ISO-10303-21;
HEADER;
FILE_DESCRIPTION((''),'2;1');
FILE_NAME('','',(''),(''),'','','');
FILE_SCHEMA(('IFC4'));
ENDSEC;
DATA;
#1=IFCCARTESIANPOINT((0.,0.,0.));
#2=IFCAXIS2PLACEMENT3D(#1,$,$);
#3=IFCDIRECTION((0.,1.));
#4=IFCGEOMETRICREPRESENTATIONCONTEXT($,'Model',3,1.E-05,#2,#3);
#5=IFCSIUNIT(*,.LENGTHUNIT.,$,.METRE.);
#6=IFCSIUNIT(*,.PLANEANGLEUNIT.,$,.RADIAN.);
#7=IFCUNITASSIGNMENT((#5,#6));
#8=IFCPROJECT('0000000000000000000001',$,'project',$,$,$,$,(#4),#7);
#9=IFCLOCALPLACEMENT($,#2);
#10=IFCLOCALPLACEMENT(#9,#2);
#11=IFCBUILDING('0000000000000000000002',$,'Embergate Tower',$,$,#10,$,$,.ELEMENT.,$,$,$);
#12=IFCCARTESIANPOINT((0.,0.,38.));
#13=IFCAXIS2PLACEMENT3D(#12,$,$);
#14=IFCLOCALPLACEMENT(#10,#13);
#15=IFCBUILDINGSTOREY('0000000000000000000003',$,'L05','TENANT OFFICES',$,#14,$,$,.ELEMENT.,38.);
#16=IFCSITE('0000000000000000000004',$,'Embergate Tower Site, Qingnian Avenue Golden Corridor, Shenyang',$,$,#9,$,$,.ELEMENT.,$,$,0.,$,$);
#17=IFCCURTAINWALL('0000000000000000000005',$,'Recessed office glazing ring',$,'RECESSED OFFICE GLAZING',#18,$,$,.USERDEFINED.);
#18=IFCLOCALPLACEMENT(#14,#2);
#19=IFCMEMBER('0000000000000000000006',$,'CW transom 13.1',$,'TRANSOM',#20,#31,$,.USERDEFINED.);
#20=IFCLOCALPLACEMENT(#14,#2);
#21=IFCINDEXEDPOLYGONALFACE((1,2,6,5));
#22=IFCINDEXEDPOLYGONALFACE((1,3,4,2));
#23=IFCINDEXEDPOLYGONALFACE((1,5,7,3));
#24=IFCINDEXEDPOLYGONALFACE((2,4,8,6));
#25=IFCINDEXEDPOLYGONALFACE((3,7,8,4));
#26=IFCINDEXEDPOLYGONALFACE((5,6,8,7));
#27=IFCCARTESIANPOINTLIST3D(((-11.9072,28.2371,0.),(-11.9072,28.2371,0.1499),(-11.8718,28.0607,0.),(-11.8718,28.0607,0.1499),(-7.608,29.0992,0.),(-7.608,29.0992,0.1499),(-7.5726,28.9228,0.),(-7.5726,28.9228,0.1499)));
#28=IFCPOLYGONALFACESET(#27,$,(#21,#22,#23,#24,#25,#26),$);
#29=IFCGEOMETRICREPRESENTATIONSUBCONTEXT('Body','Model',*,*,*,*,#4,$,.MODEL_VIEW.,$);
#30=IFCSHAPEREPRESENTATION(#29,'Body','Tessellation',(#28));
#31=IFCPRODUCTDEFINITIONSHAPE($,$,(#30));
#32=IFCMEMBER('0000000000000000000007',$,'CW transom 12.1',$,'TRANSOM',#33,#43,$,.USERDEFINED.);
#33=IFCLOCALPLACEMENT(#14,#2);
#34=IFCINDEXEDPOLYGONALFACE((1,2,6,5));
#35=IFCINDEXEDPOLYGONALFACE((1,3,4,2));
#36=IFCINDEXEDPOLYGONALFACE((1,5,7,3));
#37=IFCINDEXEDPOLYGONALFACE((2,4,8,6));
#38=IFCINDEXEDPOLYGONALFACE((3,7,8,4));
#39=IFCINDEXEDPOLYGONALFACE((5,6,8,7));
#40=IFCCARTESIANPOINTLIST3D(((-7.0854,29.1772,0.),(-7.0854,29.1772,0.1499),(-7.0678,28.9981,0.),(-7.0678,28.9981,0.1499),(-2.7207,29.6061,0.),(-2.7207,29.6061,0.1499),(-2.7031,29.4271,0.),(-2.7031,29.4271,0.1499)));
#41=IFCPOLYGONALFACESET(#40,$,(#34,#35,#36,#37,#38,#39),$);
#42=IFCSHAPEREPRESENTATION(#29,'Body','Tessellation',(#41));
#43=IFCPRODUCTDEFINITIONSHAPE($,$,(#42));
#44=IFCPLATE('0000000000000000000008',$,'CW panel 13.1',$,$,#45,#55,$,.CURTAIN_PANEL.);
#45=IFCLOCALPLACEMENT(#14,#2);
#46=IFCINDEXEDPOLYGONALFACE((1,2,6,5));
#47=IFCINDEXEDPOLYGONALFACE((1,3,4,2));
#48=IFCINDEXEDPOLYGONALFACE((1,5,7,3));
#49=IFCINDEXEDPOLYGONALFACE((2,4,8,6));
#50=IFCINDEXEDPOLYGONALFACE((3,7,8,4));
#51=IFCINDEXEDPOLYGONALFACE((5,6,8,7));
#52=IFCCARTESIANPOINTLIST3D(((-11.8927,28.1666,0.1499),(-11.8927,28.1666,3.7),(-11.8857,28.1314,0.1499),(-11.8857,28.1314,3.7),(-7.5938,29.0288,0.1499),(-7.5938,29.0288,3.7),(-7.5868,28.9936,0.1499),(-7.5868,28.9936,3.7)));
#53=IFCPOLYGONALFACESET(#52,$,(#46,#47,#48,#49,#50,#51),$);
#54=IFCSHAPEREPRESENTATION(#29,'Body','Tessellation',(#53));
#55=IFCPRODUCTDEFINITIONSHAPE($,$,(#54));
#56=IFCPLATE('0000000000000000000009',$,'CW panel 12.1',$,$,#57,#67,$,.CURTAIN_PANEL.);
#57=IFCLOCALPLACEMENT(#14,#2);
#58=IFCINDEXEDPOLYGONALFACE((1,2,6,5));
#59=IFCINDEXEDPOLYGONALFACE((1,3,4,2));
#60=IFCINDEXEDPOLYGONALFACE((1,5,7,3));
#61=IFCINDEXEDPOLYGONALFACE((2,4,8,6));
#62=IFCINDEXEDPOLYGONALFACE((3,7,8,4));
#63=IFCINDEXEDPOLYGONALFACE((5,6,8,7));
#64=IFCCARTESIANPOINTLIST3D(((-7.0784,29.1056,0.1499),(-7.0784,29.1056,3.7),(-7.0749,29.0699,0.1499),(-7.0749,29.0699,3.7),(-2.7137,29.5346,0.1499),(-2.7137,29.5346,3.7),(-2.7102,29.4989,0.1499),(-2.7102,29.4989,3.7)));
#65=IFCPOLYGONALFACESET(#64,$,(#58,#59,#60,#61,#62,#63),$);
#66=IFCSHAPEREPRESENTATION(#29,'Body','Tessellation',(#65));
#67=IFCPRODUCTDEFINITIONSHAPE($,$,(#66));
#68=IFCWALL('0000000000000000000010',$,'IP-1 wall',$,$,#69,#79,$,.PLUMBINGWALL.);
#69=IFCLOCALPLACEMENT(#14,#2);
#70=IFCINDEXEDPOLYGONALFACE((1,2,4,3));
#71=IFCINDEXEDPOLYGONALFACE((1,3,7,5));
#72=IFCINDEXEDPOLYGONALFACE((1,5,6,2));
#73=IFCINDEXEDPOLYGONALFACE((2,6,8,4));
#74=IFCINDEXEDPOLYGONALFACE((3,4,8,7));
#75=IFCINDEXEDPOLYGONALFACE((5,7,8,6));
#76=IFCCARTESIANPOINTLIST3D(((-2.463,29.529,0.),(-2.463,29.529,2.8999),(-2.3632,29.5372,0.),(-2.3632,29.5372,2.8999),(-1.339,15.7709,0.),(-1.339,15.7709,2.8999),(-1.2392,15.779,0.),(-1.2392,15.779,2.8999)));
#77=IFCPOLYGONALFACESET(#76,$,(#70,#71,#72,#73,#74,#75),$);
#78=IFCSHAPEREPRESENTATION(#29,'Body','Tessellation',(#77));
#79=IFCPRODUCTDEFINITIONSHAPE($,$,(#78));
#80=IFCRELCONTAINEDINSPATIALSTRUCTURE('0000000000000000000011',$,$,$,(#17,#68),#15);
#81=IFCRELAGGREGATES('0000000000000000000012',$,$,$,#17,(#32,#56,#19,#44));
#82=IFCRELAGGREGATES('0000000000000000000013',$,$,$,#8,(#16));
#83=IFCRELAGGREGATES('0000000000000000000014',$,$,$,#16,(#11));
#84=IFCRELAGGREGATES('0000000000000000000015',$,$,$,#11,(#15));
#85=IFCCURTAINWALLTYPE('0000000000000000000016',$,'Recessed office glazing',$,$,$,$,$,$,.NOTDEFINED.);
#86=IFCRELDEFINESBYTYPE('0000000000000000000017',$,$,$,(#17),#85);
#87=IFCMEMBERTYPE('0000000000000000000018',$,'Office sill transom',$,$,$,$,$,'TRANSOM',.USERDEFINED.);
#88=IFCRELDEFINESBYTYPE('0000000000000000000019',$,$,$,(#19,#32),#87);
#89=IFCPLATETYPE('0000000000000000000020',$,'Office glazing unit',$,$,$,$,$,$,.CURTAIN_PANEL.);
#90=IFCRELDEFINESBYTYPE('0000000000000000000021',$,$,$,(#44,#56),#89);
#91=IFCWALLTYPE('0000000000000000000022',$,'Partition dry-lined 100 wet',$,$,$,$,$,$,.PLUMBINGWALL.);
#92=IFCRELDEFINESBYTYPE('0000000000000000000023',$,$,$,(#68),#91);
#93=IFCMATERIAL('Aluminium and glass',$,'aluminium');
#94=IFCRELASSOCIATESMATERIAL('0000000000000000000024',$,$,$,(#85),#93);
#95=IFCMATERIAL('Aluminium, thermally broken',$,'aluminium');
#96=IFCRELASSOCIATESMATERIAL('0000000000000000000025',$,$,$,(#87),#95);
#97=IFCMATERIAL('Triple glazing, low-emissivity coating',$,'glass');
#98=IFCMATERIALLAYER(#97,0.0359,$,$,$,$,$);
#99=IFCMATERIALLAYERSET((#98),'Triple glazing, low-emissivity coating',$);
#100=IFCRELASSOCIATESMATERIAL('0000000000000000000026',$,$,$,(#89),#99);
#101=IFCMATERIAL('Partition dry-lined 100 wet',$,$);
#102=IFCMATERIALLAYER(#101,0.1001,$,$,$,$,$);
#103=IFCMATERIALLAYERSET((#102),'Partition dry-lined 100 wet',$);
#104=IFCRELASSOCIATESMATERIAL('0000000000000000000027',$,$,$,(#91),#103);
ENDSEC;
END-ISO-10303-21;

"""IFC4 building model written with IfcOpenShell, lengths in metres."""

from ifc_helpers import new_model, si_unit, direction, frame, frame_2d, origin, origin_2d, place, context, subcontext, project, spatial, rectangle, extrude, source, transform, mapped, material, layer, layer_set, material_profile, profile_set, type_object, element, aggregate, save


model = new_model("IFC4")

# Units and contexts
model_context = context("Model", 3, precision=1e-05, world=origin(), true_north=direction((0.0, 1.0)))
body_context = subcontext(model_context, "Body", "Model", "MODEL_VIEW")
ifc_project = project(units=[si_unit("LENGTHUNIT", "METRE"), si_unit("PLANEANGLEUNIT", "RADIAN")], contexts=[model_context])

# Site, building, storey
site_placement = place(None, origin())
site = spatial("IfcSite", under=ifc_project, at=site_placement, Name="Embergate Tower Site, Qingnian Avenue Golden Corridor, Shenyang", CompositionType="ELEMENT", RefElevation=0.0)
building_placement = place(site_placement, origin())
building = spatial("IfcBuilding", under=site, at=building_placement, Name="Embergate Tower", CompositionType="ELEMENT")
storey_placement = place(building_placement, frame((0.0, 0.0, 38.0)))
storey = spatial("IfcBuildingStorey", under=building, at=storey_placement, Name="L05", Description="TENANT OFFICES", CompositionType="ELEMENT", Elevation=38.0)

# Curtain wall, members, plates
ifc_material_1 = material(Name="Aluminium and glass", Category="aluminium")
curtain_wall_type = type_object("IfcCurtainWallType", Name="Recessed office glazing", PredefinedType="NOTDEFINED", material=ifc_material_1)
curtain_wall_placement = place(storey_placement, origin())
curtain_wall = element("IfcCurtainWall", 1, at=curtain_wall_placement, inside=storey, type_object=curtain_wall_type, Name="Recessed office glazing ring", ObjectType="RECESSED OFFICE GLAZING", PredefinedType="USERDEFINED")
ifc_material_2 = material(Name="Aluminium, thermally broken", Category="aluminium")
ifc_material_profile_1 = material_profile(ifc_material_2, rectangle(XDim=0.1799, YDim=0.1499, at=origin_2d()), Name="AL 150x180")
ifc_profile_set_1 = profile_set([ifc_material_profile_1], Name="Aluminium, thermally broken")
member_type_1 = type_object("IfcMemberType", Name="Office sill transom", ElementType="TRANSOM", PredefinedType="USERDEFINED", material=ifc_profile_set_1)
shared_shape_1 = source(origin(), body_context, "Body", "SweptSolid", [
    extrude(rectangle(XDim=0.1799, YDim=0.1499, at=origin_2d()), origin(), (0.0, 0.0, 1.0), 4.3848),
])
member_1_placement = place(storey_placement, frame((-7.5903, 29.011, 0.075), z_axis=(-0.980482, -0.196609, 0.0), x_axis=(0.196609, -0.980482, 0.0)))
member_1 = element("IfcMember", 2, at=member_1_placement, type_object=member_type_1, Name="CW transom 13.1", ObjectType="TRANSOM", PredefinedType="USERDEFINED", context=body_context, shape_type="MappedRepresentation", body=[
    mapped(shared_shape_1, transform((0.0, 0.0, 0.0))),
])
shared_shape_2 = source(origin(), body_context, "Body", "SweptSolid", [
    extrude(rectangle(XDim=0.1799, YDim=0.1499, at=origin_2d()), origin(), (0.0, 0.0, 1.0), 4.3857),
])
member_2_placement = place(storey_placement, frame((-2.7119, 29.5166, 0.075), z_axis=(-0.995205, -0.097806, 0.0), x_axis=(0.097806, -0.995205, 0.0)))
member_2 = element("IfcMember", 3, at=member_2_placement, type_object=member_type_1, Name="CW transom 12.1", ObjectType="TRANSOM", PredefinedType="USERDEFINED", context=body_context, shape_type="MappedRepresentation", body=[
    mapped(shared_shape_2, transform((0.0, 0.0, 0.0))),
])
ifc_material_3 = material(Name="Triple glazing, low-emissivity coating", Category="glass")
ifc_layer_1 = layer(ifc_material_3, 0.0359)
ifc_layer_set_1 = layer_set([ifc_layer_1], Name="Triple glazing, low-emissivity coating")
plate_type = type_object("IfcPlateType", Name="Office glazing unit", PredefinedType="CURTAIN_PANEL", material=ifc_layer_set_1)
shared_shape_3 = source(origin(), body_context, "Body", "SweptSolid", [
    extrude(rectangle(XDim=4.3845, YDim=0.0359, at=origin_2d()), origin(), (0.0, 0.0, 1.0), 3.55),
])
plate_1_placement = place(storey_placement, frame((-9.7397, 28.5801, 0.1499), z_axis=(0.0, 0.0, 1.0), x_axis=(-0.980476, -0.196639, 0.0)))
plate_1 = element("IfcPlate", 4, at=plate_1_placement, type_object=plate_type, Name="CW panel 13.1", PredefinedType="CURTAIN_PANEL", context=body_context, shape_type="MappedRepresentation", body=[
    mapped(shared_shape_3, transform((0.0, 0.0, 0.0))),
])
shared_shape_4 = source(origin(), body_context, "Body", "SweptSolid", [
    extrude(rectangle(XDim=4.3857, YDim=0.0359, at=origin_2d()), origin(), (0.0, 0.0, 1.0), 3.55),
])
plate_2_placement = place(storey_placement, frame((-4.8943, 29.3022, 0.1499), z_axis=(0.0, 0.0, 1.0), x_axis=(-0.995203, -0.09783, 0.0)))
plate_2 = element("IfcPlate", 5, at=plate_2_placement, type_object=plate_type, Name="CW panel 12.1", PredefinedType="CURTAIN_PANEL", context=body_context, shape_type="MappedRepresentation", body=[
    mapped(shared_shape_4, transform((0.0, 0.0, 0.0))),
])
aggregate(curtain_wall, [member_2, plate_2, member_1, plate_1])

# Wall
ifc_material_4 = material(Name="Partition dry-lined 100 wet")
ifc_layer_2 = layer(ifc_material_4, 0.1001)
ifc_layer_set_2 = layer_set([ifc_layer_2], Name="Partition dry-lined 100 wet")
wall_type = type_object("IfcWallType", Name="Partition dry-lined 100 wet", PredefinedType="PLUMBINGWALL", material=ifc_layer_set_2)
shared_shape_5 = source(origin(), body_context, "Body", "SweptSolid", [
    extrude(rectangle(XDim=13.804, YDim=0.1001, at=frame_2d((6.9019, 0.0))), origin(), (0.0, 0.0, 1.0), 2.8999),
])
wall_placement = place(storey_placement, frame((-2.4131, 29.533, 0.0), z_axis=(0.0, 0.0, 1.0), x_axis=(0.081428, -0.996679, 0.0)))
element("IfcWall", 6, at=wall_placement, inside=storey, type_object=wall_type, Name="IP-1 wall", PredefinedType="PLUMBINGWALL", context=body_context, shape_type="MappedRepresentation", body=[
    mapped(shared_shape_5, transform((0.0, 0.0, 0.0))),
])

save(model, "model.ifc")
